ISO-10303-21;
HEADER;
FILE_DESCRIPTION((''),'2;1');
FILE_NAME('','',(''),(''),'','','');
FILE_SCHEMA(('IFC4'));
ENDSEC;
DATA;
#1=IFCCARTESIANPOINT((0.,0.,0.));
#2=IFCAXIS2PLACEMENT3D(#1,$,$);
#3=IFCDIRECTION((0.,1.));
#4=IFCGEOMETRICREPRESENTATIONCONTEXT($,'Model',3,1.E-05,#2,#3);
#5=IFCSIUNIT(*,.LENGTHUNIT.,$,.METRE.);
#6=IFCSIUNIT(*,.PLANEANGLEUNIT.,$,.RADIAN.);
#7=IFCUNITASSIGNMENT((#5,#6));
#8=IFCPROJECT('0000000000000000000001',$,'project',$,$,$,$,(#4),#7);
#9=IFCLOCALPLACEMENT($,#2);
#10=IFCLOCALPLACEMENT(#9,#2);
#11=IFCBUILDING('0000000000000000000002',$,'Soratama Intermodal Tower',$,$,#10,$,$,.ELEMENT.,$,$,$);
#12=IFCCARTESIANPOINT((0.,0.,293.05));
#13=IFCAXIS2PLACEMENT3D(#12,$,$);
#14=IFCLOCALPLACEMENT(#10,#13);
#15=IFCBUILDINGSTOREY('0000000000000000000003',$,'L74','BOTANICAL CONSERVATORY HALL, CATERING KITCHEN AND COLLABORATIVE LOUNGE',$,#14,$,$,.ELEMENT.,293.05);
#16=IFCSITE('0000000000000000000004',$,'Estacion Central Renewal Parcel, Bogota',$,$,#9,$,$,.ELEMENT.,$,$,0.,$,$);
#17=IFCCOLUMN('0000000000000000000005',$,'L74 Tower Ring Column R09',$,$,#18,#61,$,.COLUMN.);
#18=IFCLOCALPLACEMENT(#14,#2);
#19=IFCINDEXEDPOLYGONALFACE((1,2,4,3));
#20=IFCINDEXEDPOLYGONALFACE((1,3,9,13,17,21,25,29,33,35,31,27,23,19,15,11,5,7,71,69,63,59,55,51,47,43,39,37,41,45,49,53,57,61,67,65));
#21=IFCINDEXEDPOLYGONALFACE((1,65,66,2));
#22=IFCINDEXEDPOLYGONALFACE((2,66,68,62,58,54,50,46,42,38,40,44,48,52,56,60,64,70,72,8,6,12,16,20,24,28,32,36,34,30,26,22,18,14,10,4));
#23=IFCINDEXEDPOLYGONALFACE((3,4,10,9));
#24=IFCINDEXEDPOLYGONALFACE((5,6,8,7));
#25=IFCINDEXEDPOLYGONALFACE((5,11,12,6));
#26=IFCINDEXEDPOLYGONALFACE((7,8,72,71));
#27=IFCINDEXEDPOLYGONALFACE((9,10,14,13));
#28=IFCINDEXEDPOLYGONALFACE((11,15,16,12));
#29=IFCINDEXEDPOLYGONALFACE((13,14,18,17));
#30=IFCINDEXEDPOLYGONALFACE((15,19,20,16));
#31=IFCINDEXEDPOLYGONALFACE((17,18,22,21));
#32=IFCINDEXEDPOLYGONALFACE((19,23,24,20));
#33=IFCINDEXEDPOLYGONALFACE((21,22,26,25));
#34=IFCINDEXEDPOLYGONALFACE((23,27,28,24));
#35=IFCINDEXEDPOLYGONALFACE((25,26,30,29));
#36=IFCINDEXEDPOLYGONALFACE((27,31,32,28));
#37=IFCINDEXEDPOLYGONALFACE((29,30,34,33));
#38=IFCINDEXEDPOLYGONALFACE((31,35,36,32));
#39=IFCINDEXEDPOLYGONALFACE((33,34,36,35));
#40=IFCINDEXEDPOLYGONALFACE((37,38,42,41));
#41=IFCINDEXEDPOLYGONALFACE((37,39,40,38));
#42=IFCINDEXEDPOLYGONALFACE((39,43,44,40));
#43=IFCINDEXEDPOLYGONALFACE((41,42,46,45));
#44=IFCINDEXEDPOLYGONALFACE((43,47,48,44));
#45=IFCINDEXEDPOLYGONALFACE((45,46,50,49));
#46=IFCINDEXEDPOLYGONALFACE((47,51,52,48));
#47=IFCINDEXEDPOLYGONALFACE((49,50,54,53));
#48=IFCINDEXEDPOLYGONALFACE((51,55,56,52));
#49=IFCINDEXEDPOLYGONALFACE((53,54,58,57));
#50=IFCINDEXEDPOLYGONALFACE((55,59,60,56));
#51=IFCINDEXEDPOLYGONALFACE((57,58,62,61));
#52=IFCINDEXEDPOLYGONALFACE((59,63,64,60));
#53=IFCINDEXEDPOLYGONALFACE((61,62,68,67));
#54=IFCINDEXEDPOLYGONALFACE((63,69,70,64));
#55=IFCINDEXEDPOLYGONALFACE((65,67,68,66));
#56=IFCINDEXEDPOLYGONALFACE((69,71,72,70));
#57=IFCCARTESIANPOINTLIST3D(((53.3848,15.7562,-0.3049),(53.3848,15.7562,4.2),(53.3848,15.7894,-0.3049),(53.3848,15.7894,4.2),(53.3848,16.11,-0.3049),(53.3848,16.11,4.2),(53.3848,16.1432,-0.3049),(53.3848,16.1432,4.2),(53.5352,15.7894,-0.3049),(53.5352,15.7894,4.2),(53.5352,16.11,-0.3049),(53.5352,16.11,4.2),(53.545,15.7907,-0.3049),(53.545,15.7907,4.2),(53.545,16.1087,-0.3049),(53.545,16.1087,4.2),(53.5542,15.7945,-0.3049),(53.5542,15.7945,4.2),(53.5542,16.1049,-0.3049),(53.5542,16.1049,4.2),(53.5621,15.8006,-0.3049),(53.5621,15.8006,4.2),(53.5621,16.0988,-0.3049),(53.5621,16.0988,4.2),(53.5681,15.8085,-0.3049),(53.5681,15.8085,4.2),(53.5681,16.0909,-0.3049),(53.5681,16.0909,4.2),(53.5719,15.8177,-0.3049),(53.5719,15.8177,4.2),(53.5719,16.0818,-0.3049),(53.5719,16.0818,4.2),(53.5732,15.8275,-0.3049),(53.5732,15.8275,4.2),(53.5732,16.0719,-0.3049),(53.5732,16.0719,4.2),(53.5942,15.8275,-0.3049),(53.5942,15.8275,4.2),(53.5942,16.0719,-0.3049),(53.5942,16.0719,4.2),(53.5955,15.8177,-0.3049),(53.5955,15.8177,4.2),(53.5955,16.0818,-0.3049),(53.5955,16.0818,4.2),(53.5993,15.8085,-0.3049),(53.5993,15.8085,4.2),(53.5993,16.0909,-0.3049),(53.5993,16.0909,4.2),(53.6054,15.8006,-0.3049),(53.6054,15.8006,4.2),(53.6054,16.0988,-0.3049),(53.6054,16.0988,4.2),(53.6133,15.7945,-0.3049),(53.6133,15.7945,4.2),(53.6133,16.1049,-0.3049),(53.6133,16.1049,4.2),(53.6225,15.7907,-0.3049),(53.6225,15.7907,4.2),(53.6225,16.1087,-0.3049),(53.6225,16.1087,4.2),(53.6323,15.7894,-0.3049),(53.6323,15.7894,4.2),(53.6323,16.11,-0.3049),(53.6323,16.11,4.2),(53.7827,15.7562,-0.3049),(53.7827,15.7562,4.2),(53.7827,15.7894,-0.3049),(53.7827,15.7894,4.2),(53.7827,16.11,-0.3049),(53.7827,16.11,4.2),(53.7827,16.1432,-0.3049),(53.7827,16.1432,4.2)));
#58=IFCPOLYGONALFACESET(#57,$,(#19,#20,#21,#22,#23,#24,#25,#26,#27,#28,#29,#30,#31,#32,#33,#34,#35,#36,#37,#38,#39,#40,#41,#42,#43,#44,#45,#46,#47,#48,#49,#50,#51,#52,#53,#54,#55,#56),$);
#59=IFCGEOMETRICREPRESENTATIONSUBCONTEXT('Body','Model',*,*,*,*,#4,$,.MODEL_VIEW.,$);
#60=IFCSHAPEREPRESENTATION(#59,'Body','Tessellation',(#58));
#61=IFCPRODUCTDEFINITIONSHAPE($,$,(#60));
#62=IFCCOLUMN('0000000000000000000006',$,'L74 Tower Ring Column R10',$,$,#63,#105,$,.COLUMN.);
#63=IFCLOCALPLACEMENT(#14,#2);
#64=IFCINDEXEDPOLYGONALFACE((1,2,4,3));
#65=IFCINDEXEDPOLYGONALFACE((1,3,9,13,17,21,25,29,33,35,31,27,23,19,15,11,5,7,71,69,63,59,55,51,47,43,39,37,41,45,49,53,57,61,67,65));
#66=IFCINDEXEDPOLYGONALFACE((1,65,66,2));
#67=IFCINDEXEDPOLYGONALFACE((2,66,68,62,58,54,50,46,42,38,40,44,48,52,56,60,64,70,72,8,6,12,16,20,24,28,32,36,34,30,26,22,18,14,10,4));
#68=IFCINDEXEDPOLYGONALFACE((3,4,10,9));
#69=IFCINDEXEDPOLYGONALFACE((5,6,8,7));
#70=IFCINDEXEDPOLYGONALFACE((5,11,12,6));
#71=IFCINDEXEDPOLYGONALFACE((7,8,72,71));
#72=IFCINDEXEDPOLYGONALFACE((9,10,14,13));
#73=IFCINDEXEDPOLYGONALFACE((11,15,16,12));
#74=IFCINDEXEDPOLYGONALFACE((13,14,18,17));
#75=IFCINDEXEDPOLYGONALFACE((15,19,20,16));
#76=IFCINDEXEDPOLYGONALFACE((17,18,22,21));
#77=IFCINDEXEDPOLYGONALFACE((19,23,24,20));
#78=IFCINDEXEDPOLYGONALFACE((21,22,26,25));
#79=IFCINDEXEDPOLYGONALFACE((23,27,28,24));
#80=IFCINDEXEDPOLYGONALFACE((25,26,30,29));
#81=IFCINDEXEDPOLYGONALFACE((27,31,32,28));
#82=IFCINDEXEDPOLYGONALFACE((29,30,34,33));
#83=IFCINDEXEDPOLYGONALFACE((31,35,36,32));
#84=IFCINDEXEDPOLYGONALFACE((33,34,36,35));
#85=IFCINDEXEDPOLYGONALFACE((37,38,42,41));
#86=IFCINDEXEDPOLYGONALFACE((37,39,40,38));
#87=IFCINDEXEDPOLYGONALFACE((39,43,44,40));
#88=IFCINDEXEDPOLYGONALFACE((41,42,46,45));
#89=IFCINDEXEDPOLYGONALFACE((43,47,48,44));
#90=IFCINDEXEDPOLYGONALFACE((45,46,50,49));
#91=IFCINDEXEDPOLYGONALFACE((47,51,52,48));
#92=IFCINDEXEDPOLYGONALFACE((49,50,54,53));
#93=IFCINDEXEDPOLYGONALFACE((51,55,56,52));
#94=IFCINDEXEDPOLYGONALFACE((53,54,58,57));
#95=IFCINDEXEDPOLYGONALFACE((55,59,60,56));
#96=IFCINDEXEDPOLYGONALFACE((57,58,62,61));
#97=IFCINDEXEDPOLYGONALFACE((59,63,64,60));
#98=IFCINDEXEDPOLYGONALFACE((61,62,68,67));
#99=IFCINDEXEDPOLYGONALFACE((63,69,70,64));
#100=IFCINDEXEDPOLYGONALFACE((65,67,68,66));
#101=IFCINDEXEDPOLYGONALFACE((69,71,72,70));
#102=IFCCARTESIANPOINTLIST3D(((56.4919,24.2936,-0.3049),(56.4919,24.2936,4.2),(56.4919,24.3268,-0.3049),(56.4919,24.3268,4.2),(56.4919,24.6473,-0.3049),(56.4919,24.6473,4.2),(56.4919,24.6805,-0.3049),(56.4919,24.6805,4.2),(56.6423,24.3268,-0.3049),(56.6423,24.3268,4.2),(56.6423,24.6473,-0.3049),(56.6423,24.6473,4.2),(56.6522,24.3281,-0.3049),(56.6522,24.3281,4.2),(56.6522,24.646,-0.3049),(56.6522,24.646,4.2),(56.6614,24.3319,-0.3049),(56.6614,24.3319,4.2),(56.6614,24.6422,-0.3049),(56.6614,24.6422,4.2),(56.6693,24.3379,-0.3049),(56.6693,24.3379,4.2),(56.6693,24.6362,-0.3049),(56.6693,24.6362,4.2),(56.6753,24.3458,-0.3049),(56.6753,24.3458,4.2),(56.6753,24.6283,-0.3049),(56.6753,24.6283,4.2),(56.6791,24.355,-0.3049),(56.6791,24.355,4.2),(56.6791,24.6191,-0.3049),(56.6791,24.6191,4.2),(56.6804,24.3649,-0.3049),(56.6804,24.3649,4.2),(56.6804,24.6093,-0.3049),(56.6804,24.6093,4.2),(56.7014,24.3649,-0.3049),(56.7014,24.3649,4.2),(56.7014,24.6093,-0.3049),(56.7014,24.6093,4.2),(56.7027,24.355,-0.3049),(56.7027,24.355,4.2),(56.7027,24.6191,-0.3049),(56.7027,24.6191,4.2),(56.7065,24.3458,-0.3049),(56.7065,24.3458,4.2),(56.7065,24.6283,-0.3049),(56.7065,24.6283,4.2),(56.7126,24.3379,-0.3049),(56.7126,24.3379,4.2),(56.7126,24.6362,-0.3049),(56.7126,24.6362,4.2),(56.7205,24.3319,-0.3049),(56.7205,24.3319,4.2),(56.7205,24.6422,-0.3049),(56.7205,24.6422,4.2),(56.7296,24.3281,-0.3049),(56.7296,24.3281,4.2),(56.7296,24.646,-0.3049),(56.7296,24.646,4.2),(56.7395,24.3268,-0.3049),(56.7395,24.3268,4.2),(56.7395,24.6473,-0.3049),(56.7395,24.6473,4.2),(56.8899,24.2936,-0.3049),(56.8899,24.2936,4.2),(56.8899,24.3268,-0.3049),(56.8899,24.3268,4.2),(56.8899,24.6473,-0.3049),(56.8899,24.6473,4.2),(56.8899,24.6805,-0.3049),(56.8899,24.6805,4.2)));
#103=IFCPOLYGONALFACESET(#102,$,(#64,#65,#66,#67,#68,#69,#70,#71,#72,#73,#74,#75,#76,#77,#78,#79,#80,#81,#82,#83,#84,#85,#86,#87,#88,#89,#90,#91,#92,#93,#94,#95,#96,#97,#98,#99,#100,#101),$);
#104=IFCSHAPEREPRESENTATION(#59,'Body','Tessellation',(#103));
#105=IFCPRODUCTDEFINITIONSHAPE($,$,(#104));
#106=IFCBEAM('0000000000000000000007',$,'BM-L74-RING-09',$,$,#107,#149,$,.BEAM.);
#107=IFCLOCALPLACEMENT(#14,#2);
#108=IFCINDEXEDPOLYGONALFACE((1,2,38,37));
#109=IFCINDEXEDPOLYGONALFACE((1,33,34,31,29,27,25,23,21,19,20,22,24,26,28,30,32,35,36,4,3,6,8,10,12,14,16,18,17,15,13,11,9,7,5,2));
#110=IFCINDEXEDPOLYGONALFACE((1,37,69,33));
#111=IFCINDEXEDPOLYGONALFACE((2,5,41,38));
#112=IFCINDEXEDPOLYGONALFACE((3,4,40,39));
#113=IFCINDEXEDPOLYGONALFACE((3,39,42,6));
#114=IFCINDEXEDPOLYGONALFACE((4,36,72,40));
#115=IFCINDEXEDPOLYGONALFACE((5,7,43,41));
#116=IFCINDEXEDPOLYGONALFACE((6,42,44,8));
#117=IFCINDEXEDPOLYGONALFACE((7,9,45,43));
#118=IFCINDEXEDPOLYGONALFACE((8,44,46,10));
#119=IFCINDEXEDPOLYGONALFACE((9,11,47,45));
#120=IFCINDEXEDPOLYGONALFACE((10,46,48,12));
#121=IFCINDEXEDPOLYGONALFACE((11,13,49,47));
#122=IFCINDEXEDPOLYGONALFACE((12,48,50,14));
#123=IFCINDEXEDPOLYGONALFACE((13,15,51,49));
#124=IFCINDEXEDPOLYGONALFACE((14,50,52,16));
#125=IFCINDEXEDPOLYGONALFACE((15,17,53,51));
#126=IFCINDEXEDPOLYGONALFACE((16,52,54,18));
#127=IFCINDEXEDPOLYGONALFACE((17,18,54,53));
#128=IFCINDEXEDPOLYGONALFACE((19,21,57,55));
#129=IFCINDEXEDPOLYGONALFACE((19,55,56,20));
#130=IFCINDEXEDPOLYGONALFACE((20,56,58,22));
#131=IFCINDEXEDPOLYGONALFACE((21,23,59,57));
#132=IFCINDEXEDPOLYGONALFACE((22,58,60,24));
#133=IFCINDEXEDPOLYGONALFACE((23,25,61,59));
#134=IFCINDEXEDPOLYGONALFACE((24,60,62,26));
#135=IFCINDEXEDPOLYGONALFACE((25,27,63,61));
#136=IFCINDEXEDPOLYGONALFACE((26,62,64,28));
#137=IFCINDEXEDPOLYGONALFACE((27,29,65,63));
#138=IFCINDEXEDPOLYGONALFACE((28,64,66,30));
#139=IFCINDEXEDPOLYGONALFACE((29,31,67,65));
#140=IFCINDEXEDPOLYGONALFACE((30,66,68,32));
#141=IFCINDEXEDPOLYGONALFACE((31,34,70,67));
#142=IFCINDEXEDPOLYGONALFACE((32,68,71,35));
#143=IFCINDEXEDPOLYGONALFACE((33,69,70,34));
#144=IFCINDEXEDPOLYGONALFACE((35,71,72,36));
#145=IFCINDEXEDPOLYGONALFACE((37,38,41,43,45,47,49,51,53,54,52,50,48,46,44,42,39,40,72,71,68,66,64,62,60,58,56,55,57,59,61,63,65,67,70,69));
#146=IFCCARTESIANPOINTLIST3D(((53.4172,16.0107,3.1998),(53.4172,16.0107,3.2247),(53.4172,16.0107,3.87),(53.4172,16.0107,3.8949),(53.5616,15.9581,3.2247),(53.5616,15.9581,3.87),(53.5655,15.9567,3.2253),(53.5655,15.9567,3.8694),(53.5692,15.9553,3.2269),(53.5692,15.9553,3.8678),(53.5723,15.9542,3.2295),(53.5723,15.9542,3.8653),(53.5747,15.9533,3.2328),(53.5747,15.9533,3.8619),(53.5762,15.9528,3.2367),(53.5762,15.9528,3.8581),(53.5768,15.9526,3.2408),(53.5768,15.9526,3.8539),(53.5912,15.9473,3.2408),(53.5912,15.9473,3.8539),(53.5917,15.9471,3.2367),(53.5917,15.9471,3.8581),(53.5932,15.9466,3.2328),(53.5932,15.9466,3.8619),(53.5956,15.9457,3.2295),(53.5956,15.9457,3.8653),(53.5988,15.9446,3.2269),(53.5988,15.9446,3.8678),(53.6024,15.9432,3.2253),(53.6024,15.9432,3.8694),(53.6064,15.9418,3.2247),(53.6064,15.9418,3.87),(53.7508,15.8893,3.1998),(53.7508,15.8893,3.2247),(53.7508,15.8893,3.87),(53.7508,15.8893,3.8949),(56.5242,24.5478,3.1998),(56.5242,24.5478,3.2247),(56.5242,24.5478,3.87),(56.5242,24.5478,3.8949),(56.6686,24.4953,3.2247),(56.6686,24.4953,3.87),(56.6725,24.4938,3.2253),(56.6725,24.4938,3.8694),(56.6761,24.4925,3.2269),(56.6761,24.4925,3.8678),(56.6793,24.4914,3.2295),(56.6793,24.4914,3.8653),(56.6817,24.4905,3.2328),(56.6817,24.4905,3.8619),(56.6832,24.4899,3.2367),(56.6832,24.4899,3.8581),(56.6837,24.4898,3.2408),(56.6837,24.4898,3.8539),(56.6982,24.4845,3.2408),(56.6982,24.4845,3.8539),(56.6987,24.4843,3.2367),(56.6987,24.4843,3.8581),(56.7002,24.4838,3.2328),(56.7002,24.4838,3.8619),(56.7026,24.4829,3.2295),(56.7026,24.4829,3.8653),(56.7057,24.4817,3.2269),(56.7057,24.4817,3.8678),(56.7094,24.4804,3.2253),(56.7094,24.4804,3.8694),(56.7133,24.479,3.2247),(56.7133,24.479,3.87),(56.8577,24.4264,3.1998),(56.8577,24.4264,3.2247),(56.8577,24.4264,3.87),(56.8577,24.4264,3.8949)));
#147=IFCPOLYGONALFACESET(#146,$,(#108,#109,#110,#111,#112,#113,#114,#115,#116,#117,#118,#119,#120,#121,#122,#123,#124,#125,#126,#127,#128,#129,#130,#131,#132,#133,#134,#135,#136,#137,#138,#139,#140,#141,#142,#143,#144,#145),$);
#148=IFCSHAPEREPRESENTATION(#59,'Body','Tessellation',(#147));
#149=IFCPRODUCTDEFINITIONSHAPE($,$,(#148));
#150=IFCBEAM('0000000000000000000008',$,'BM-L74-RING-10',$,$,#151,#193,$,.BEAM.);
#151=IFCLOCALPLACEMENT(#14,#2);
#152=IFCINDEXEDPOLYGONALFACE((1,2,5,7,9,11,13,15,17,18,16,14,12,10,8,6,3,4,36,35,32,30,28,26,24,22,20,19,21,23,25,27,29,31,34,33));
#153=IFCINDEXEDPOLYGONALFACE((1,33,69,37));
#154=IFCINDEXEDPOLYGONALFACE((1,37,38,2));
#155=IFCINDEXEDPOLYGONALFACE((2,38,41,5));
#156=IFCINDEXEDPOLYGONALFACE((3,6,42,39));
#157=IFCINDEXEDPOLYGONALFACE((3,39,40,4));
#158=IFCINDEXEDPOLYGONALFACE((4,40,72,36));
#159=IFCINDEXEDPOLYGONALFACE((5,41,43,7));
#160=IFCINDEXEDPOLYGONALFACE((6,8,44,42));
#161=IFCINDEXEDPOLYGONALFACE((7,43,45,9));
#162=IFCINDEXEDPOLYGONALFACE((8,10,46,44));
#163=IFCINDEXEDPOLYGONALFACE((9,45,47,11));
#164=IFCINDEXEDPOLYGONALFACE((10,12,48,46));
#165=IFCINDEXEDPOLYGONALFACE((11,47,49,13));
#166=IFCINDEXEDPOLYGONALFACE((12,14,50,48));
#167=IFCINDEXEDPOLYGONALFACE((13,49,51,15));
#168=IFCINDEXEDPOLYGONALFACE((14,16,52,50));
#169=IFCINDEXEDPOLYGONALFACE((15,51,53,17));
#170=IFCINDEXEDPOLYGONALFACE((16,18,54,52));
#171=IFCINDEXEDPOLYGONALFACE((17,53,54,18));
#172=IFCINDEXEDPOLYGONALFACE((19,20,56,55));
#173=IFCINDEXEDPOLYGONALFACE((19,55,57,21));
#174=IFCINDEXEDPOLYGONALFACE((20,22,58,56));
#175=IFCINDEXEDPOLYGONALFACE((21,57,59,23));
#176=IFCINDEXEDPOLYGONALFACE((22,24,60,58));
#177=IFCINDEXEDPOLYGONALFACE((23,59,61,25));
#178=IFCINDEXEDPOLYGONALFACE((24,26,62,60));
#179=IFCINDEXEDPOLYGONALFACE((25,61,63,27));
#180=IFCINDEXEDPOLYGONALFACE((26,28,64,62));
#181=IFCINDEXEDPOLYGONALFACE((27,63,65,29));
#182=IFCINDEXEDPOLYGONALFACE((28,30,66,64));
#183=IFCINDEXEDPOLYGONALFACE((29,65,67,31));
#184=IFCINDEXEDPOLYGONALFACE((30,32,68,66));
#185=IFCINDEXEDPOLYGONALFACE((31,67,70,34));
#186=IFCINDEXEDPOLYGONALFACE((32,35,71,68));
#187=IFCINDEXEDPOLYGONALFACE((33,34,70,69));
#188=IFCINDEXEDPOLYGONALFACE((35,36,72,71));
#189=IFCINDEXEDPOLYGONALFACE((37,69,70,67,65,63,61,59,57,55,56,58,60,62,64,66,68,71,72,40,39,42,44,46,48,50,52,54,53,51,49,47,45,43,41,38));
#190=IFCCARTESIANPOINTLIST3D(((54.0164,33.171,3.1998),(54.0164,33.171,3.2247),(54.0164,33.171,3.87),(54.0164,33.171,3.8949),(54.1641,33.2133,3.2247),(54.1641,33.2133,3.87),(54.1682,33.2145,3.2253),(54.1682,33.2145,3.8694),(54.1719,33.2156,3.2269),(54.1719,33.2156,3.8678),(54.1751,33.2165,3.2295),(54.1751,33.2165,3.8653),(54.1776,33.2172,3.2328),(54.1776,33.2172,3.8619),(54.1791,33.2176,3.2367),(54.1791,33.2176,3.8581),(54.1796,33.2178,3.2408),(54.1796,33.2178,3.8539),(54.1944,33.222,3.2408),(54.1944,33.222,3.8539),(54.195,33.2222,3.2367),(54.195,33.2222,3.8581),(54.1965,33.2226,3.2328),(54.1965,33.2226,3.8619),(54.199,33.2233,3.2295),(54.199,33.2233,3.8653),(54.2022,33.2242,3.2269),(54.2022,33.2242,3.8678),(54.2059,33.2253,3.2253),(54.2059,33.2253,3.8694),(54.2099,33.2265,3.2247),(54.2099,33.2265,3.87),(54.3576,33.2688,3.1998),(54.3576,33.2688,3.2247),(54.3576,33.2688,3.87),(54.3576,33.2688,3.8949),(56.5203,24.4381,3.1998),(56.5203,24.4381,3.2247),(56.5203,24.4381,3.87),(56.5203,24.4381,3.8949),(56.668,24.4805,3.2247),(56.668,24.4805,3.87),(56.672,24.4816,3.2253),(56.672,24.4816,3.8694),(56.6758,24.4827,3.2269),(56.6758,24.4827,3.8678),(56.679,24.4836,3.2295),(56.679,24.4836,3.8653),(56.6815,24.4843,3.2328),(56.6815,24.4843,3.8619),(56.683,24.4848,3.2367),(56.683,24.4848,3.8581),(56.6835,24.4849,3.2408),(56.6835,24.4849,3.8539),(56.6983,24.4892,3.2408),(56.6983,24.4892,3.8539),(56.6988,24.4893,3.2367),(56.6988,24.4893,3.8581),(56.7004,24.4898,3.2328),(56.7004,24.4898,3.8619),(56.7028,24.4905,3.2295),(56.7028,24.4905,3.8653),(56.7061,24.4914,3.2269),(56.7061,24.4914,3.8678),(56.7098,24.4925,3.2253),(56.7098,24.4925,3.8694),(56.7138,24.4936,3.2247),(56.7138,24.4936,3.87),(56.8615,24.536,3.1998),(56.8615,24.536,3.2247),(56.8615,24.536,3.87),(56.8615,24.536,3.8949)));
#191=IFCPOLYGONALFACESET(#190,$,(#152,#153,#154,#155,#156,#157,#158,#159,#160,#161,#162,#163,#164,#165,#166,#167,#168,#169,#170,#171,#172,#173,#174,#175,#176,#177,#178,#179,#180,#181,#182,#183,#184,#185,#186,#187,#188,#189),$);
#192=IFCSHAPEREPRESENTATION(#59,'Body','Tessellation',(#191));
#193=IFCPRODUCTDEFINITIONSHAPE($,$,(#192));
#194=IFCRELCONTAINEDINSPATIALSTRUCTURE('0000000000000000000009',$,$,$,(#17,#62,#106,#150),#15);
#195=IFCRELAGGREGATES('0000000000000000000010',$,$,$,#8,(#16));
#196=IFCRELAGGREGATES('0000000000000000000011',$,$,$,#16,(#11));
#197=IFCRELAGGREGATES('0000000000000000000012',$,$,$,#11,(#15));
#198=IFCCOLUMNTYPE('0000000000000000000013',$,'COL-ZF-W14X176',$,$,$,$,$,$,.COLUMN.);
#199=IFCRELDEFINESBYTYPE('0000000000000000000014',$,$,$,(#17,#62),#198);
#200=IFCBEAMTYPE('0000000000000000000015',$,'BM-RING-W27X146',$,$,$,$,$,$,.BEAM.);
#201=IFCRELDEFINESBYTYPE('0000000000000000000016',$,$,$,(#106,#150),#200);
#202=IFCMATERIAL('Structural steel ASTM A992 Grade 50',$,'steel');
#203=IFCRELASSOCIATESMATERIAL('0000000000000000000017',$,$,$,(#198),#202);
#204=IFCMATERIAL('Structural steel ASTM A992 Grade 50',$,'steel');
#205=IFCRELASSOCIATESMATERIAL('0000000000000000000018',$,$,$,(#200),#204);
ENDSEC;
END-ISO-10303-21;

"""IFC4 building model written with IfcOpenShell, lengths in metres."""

from ifc_helpers import new_model, si_unit, direction, frame, origin, origin_2d, place, context, subcontext, project, spatial, i_section, extrude, material, material_profile, profile_set, type_object, element, save


model = new_model("IFC4")

# Units and contexts
model_context = context("Model", 3, precision=1e-05, world=origin(), true_north=direction((0.0, 1.0)))
body_context = subcontext(model_context, "Body", "Model", "MODEL_VIEW")
ifc_project = project(units=[si_unit("LENGTHUNIT", "METRE"), si_unit("PLANEANGLEUNIT", "RADIAN")], contexts=[model_context])

# Site, building, storey
site_placement = place(None, origin())
site = spatial("IfcSite", under=ifc_project, at=site_placement, Name="Estacion Central Renewal Parcel, Bogota", CompositionType="ELEMENT", RefElevation=0.0)
building_placement = place(site_placement, origin())
building = spatial("IfcBuilding", under=site, at=building_placement, Name="Soratama Intermodal Tower", CompositionType="ELEMENT")
storey_placement = place(building_placement, frame((0.0, 0.0, 293.05)))
storey = spatial("IfcBuildingStorey", under=building, at=storey_placement, Name="L74", Description="BOTANICAL CONSERVATORY HALL, CATERING KITCHEN AND COLLABORATIVE LOUNGE", CompositionType="ELEMENT", Elevation=293.05)

# Columns
ifc_material_1 = material(Name="Structural steel ASTM A992 Grade 50", Category="steel")
ifc_material_profile_1 = material_profile(ifc_material_1, i_section(OverallWidth=0.3979, OverallDepth=0.387, WebThickness=0.021, FlangeThickness=0.0332, FilletRadius=0.0381, at=origin_2d()), Name="W14X176")
ifc_profile_set_1 = profile_set([ifc_material_profile_1], Name="Structural steel ASTM A992 Grade 50")
column_type = type_object("IfcColumnType", Name="COL-ZF-W14X176", PredefinedType="COLUMN", material=ifc_profile_set_1)
for number, where, z_axis, x_axis, name in (
    (1, (53.5837, 15.9497, -0.3049), (0.0, 0.0, 1.0), (1.0, 0.0, 0.0), "L74 Tower Ring Column R09"),
    (2, (56.6909, 24.4871, -0.3049), (0.0, 0.0, 1.0), (1.0, 0.0, 0.0), "L74 Tower Ring Column R10"),
):
    element("IfcColumn", number, at=place(storey_placement, frame(where, z_axis=z_axis, x_axis=x_axis)), inside=storey, type_object=column_type, Name=name, PredefinedType="COLUMN", context=body_context, shape_type="SweptSolid", body=[
        extrude(i_section(OverallWidth=0.3979, OverallDepth=0.387, WebThickness=0.021, FlangeThickness=0.0332, FilletRadius=0.0381, at=origin_2d()), origin(), (0.0, 0.0, 1.0), 4.5049),
    ])

# Beams
ifc_material_2 = material(Name="Structural steel ASTM A992 Grade 50", Category="steel")
ifc_material_profile_2 = material_profile(ifc_material_2, i_section(OverallWidth=0.355, OverallDepth=0.6951, WebThickness=0.0154, FlangeThickness=0.0249, FilletRadius=0.0161, at=origin_2d()), Name="W27X146")
ifc_profile_set_2 = profile_set([ifc_material_profile_2], Name="Structural steel ASTM A992 Grade 50")
beam_type_1 = type_object("IfcBeamType", Name="BM-RING-W27X146", PredefinedType="BEAM", material=ifc_profile_set_2)
beam_1_placement = place(storey_placement, frame((53.584, 15.95, 3.5474), z_axis=(0.341989, 0.939704, 0.0), x_axis=(-0.939704, 0.341989, 0.0)))
element("IfcBeam", 3, at=beam_1_placement, inside=storey, type_object=beam_type_1, Name="BM-L74-RING-09", PredefinedType="BEAM", context=body_context, shape_type="SweptSolid", body=[
    extrude(i_section(OverallWidth=0.355, OverallDepth=0.6951, WebThickness=0.0154, FlangeThickness=0.0249, FilletRadius=0.0161, at=origin_2d()), origin(), (0.0, 0.0, 1.0), 9.085),
])
beam_2_placement = place(storey_placement, frame((56.6909, 24.4871, 3.5474), z_axis=(-0.275615, 0.961268, 0.0), x_axis=(-0.961268, -0.275615, 0.0)))
element("IfcBeam", 4, at=beam_2_placement, inside=storey, type_object=beam_type_1, Name="BM-L74-RING-10", PredefinedType="BEAM", context=body_context, shape_type="SweptSolid", body=[
    extrude(i_section(OverallWidth=0.355, OverallDepth=0.6951, WebThickness=0.0154, FlangeThickness=0.0249, FilletRadius=0.0161, at=origin_2d()), origin(), (0.0, 0.0, 1.0), 9.0847),
])

save(model, "model.ifc")
